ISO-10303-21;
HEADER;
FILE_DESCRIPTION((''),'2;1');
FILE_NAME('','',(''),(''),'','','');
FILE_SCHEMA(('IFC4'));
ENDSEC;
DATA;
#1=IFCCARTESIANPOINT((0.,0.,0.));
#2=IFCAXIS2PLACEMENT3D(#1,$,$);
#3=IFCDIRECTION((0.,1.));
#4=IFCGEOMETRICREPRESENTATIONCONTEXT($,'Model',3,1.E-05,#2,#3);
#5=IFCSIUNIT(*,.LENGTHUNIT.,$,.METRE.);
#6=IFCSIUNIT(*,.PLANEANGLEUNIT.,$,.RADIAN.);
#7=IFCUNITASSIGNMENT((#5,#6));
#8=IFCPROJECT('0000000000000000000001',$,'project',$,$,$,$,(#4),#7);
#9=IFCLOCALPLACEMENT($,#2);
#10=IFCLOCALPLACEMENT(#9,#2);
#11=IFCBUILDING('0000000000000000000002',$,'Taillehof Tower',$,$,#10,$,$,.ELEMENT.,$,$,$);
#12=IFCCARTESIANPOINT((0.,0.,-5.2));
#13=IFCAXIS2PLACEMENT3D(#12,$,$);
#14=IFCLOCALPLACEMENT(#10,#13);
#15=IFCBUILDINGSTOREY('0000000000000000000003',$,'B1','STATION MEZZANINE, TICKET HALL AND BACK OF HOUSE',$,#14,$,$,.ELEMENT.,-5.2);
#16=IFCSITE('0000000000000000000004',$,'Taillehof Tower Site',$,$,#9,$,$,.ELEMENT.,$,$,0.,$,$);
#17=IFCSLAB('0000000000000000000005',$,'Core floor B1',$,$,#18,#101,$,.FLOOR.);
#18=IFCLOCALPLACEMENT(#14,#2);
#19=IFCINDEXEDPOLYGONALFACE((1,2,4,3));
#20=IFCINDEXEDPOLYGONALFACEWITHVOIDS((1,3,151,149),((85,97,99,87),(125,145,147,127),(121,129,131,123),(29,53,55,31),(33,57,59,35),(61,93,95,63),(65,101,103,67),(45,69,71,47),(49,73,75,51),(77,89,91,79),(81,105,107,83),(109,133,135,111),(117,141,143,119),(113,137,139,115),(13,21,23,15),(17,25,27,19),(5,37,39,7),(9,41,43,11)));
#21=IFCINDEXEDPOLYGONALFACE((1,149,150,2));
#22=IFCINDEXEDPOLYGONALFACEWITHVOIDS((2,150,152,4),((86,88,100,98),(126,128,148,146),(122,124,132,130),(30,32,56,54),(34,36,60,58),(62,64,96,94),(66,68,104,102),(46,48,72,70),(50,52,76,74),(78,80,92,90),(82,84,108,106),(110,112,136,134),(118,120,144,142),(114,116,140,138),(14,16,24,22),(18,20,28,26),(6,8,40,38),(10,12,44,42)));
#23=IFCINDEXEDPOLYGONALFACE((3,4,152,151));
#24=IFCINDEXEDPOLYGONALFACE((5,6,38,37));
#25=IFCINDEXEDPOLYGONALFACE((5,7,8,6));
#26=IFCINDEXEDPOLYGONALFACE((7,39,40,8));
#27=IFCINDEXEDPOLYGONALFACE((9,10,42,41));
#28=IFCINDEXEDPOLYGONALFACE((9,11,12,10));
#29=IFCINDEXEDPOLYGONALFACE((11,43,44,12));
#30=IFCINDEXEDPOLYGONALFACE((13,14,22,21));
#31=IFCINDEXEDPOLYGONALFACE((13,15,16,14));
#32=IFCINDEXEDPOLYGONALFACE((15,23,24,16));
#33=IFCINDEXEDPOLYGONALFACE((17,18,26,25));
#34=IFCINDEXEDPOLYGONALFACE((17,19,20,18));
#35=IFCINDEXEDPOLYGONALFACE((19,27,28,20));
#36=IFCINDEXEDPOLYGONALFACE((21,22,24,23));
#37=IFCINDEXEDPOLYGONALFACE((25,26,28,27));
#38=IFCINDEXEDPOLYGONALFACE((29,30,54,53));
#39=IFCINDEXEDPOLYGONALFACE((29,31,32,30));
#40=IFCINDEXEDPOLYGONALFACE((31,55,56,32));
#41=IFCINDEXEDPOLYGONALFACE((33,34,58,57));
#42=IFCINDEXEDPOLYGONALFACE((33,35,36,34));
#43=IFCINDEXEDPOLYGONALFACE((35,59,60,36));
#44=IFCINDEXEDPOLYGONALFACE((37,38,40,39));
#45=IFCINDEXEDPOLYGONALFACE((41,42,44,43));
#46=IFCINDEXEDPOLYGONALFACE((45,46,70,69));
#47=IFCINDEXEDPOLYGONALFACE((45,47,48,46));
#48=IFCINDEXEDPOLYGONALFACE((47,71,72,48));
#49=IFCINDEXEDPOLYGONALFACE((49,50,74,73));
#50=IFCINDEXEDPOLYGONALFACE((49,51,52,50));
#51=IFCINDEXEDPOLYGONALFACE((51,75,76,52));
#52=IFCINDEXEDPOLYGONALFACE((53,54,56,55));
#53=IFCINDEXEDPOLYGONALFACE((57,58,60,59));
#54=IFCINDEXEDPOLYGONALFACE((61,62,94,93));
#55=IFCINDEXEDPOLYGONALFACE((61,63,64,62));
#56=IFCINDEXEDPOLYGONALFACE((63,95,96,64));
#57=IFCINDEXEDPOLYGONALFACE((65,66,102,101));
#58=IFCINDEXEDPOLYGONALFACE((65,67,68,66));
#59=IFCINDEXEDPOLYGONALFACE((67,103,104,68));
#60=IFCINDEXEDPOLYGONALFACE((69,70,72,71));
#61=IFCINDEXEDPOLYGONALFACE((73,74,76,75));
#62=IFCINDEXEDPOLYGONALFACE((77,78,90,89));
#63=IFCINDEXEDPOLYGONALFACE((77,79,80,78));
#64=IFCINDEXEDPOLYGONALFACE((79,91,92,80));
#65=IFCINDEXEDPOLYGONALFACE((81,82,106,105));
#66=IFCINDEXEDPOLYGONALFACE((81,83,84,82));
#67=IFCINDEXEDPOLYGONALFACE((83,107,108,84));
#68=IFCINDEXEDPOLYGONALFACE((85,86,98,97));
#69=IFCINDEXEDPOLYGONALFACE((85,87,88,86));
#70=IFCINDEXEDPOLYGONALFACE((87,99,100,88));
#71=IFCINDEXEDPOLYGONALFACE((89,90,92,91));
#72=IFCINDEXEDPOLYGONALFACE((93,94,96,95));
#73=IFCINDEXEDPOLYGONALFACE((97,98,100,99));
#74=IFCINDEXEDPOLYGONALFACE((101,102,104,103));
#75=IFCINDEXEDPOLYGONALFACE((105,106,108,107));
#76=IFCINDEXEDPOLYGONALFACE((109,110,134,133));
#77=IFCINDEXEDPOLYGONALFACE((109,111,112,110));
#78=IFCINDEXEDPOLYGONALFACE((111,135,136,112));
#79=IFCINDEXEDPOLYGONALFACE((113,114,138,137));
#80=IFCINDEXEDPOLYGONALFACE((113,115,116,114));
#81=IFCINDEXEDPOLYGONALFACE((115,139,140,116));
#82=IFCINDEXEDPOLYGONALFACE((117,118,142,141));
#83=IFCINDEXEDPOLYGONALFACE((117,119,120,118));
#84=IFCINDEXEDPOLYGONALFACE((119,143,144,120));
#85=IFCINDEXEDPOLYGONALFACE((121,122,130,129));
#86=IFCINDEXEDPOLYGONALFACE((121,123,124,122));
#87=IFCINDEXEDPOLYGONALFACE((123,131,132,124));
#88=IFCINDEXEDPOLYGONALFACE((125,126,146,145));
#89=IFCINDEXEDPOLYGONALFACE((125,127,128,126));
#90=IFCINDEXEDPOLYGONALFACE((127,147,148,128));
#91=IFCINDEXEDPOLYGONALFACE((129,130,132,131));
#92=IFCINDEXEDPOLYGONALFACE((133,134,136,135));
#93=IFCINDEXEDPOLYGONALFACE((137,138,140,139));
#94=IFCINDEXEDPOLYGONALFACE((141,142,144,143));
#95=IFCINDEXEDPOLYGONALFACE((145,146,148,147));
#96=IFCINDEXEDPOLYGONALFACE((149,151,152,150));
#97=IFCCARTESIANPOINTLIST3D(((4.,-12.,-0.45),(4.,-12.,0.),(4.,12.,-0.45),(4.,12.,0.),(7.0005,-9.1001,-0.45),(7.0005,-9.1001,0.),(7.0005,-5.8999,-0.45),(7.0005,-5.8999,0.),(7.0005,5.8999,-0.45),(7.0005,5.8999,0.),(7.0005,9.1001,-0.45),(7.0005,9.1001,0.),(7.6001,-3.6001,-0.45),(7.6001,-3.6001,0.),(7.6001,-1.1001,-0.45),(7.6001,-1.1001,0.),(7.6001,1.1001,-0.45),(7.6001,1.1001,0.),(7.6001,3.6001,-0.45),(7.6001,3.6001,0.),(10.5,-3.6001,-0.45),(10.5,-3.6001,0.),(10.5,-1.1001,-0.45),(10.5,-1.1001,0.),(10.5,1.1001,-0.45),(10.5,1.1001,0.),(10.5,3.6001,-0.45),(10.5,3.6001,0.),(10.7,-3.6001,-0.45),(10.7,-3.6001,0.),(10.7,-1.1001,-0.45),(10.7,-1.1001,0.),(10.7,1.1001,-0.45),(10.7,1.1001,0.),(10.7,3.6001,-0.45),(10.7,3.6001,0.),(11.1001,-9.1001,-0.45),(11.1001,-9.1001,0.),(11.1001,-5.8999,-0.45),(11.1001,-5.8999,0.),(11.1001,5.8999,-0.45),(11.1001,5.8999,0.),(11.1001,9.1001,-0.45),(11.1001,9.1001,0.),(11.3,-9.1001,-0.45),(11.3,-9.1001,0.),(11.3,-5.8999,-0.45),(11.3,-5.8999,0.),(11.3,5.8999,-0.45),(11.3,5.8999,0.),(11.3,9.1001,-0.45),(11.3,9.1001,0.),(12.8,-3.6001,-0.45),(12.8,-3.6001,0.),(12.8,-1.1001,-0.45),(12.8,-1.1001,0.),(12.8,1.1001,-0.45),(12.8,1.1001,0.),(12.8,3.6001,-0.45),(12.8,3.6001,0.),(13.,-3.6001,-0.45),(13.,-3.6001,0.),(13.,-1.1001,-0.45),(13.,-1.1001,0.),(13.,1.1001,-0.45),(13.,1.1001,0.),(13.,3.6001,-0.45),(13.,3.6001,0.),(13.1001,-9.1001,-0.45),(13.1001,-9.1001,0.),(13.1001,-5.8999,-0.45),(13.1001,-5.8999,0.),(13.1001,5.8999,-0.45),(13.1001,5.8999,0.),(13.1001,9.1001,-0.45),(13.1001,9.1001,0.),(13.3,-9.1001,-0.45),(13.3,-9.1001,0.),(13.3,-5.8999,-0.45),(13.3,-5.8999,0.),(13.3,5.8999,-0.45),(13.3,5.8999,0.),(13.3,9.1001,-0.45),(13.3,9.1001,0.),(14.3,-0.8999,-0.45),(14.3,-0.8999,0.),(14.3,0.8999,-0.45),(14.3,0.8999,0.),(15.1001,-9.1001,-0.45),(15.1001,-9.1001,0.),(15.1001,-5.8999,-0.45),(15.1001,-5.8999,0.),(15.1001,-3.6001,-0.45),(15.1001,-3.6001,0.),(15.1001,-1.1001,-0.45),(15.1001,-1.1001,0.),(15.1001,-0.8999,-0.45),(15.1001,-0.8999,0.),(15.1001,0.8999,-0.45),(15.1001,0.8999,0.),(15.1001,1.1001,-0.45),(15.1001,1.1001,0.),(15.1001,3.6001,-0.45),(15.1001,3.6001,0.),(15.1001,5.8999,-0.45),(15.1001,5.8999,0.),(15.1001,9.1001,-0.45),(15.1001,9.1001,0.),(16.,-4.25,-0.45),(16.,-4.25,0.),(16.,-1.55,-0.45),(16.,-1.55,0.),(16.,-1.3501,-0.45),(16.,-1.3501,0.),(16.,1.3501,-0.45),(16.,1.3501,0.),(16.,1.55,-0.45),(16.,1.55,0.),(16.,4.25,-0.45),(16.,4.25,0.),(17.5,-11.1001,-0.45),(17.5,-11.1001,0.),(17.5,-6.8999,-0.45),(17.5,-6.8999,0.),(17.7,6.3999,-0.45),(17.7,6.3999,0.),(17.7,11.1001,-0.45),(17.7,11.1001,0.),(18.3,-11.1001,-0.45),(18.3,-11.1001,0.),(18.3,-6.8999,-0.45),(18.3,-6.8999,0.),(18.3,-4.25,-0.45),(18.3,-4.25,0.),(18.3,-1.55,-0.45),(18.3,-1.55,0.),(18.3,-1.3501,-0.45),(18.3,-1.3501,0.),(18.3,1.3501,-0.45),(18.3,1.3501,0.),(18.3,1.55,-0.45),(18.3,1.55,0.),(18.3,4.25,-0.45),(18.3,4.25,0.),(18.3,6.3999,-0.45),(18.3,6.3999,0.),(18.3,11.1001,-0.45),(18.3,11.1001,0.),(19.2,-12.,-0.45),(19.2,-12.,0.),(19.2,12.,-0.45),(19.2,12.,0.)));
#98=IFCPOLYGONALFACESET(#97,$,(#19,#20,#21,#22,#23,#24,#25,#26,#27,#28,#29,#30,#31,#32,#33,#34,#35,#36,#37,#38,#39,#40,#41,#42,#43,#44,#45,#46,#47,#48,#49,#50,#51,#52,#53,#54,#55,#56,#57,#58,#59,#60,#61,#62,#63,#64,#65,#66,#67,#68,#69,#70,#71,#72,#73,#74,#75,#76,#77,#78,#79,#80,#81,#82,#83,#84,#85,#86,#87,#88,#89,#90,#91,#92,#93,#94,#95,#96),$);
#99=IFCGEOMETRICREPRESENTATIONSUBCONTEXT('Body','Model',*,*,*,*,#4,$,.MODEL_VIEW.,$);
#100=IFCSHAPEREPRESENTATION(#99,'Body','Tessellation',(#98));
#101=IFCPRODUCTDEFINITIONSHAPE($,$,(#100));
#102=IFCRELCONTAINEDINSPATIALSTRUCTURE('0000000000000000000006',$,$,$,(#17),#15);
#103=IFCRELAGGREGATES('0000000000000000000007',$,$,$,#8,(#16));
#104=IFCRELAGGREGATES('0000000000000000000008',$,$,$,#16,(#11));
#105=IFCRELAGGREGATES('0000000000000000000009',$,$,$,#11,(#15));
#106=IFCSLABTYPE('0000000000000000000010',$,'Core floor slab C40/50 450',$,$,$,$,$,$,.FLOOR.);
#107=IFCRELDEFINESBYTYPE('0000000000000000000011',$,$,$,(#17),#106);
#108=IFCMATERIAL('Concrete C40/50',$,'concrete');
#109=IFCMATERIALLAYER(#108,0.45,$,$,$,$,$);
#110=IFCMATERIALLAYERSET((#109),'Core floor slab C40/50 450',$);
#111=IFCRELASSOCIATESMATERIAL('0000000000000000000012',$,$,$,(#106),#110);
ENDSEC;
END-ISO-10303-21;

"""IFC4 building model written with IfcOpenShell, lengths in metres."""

from ifc_helpers import new_model, si_unit, direction, frame, origin, place, context, subcontext, project, spatial, polyline, outline, extrude, material, layer, layer_set, type_object, element, save


model = new_model("IFC4")

# Units and contexts
model_context = context("Model", 3, precision=1e-05, world=origin(), true_north=direction((0.0, 1.0)))
body_context = subcontext(model_context, "Body", "Model", "MODEL_VIEW")
ifc_project = project(units=[si_unit("LENGTHUNIT", "METRE"), si_unit("PLANEANGLEUNIT", "RADIAN")], contexts=[model_context])

# Site, building, storey
site_placement = place(None, origin())
site = spatial("IfcSite", under=ifc_project, at=site_placement, Name="Taillehof Tower Site", CompositionType="ELEMENT", RefElevation=0.0)
building_placement = place(site_placement, origin())
building = spatial("IfcBuilding", under=site, at=building_placement, Name="Taillehof Tower", CompositionType="ELEMENT")
storey_placement = place(building_placement, frame((0.0, 0.0, -5.2)))
storey = spatial("IfcBuildingStorey", under=building, at=storey_placement, Name="B1", Description="STATION MEZZANINE, TICKET HALL AND BACK OF HOUSE", CompositionType="ELEMENT", Elevation=-5.2)

# Slab
ifc_material_1 = material(Name="Concrete C40/50", Category="concrete")
ifc_layer_1 = layer(ifc_material_1, 0.45)
ifc_layer_set_1 = layer_set([ifc_layer_1], Name="Core floor slab C40/50 450")
slab_type_1 = type_object("IfcSlabType", Name="Core floor slab C40/50 450", PredefinedType="FLOOR", material=ifc_layer_set_1)
slab_1_placement = place(storey_placement, frame((0.0, 0.0, -0.45)))
element("IfcSlab", 1, at=slab_1_placement, inside=storey, type_object=slab_type_1, Name="Core floor B1", PredefinedType="FLOOR", context=body_context, shape_type="SweptSolid", body=[
    extrude(outline(polyline([(4.0, -12.0), (4.0, 12.0), (19.2, 12.0), (19.2, -12.0), (4.0, -12.0)]), holes=[polyline([(7.0005, -9.1001), (11.1001, -9.1001), (11.1001, -5.8999), (7.0005, -5.8999), (7.0005, -9.1001)]), polyline([(13.1001, -9.1001), (13.1001, -5.8999), (11.3, -5.8999), (11.3, -9.1001), (13.1001, -9.1001)]), polyline([(10.5, -3.6001), (10.5, -1.1001), (7.6001, -1.1001), (7.6001, -3.6001), (10.5, -3.6001)]), polyline([(12.8, -3.6001), (12.8, -1.1001), (10.7, -1.1001), (10.7, -3.6001), (12.8, -3.6001)]), polyline([(10.5, 1.1001), (10.5, 3.6001), (7.6001, 3.6001), (7.6001, 1.1001), (10.5, 1.1001)]), polyline([(12.8, 1.1001), (12.8, 3.6001), (10.7, 3.6001), (10.7, 1.1001), (12.8, 1.1001)]), polyline([(15.1001, 1.1001), (15.1001, 3.6001), (13.0, 3.6001), (13.0, 1.1001), (15.1001, 1.1001)]), polyline([(11.3, 5.8999), (13.1001, 5.8999), (13.1001, 9.1001), (11.3, 9.1001), (11.3, 5.8999)]), polyline([(7.0005, 5.8999), (11.1001, 5.8999), (11.1001, 9.1001), (7.0005, 9.1001), (7.0005, 5.8999)]), polyline([(18.3, -11.1001), (18.3, -6.8999), (17.5, -6.8999), (17.5, -11.1001), (18.3, -11.1001)]), polyline([(15.1001, -9.1001), (15.1001, -5.8999), (13.3, -5.8999), (13.3, -9.1001), (15.1001, -9.1001)]), polyline([(18.3, -4.25), (18.3, -1.55), (16.0, -1.55), (16.0, -4.25), (18.3, -4.25)]), polyline([(15.1001, -3.6001), (15.1001, -1.1001), (13.0, -1.1001), (13.0, -3.6001), (15.1001, -3.6001)]), polyline([(15.1001, -0.8999), (15.1001, 0.8999), (14.3, 0.8999), (14.3, -0.8999), (15.1001, -0.8999)]), polyline([(18.3, -1.3501), (18.3, 1.3501), (16.0, 1.3501), (16.0, -1.3501), (18.3, -1.3501)]), polyline([(18.3, 1.55), (18.3, 4.25), (16.0, 4.25), (16.0, 1.55), (18.3, 1.55)]), polyline([(13.3, 5.8999), (15.1001, 5.8999), (15.1001, 9.1001), (13.3, 9.1001), (13.3, 5.8999)]), polyline([(17.7, 6.3999), (18.3, 6.3999), (18.3, 11.1001), (17.7, 11.1001), (17.7, 6.3999)])]), origin(), (0.0, 0.0, 1.0), 0.45),
])

save(model, "model.ifc")
